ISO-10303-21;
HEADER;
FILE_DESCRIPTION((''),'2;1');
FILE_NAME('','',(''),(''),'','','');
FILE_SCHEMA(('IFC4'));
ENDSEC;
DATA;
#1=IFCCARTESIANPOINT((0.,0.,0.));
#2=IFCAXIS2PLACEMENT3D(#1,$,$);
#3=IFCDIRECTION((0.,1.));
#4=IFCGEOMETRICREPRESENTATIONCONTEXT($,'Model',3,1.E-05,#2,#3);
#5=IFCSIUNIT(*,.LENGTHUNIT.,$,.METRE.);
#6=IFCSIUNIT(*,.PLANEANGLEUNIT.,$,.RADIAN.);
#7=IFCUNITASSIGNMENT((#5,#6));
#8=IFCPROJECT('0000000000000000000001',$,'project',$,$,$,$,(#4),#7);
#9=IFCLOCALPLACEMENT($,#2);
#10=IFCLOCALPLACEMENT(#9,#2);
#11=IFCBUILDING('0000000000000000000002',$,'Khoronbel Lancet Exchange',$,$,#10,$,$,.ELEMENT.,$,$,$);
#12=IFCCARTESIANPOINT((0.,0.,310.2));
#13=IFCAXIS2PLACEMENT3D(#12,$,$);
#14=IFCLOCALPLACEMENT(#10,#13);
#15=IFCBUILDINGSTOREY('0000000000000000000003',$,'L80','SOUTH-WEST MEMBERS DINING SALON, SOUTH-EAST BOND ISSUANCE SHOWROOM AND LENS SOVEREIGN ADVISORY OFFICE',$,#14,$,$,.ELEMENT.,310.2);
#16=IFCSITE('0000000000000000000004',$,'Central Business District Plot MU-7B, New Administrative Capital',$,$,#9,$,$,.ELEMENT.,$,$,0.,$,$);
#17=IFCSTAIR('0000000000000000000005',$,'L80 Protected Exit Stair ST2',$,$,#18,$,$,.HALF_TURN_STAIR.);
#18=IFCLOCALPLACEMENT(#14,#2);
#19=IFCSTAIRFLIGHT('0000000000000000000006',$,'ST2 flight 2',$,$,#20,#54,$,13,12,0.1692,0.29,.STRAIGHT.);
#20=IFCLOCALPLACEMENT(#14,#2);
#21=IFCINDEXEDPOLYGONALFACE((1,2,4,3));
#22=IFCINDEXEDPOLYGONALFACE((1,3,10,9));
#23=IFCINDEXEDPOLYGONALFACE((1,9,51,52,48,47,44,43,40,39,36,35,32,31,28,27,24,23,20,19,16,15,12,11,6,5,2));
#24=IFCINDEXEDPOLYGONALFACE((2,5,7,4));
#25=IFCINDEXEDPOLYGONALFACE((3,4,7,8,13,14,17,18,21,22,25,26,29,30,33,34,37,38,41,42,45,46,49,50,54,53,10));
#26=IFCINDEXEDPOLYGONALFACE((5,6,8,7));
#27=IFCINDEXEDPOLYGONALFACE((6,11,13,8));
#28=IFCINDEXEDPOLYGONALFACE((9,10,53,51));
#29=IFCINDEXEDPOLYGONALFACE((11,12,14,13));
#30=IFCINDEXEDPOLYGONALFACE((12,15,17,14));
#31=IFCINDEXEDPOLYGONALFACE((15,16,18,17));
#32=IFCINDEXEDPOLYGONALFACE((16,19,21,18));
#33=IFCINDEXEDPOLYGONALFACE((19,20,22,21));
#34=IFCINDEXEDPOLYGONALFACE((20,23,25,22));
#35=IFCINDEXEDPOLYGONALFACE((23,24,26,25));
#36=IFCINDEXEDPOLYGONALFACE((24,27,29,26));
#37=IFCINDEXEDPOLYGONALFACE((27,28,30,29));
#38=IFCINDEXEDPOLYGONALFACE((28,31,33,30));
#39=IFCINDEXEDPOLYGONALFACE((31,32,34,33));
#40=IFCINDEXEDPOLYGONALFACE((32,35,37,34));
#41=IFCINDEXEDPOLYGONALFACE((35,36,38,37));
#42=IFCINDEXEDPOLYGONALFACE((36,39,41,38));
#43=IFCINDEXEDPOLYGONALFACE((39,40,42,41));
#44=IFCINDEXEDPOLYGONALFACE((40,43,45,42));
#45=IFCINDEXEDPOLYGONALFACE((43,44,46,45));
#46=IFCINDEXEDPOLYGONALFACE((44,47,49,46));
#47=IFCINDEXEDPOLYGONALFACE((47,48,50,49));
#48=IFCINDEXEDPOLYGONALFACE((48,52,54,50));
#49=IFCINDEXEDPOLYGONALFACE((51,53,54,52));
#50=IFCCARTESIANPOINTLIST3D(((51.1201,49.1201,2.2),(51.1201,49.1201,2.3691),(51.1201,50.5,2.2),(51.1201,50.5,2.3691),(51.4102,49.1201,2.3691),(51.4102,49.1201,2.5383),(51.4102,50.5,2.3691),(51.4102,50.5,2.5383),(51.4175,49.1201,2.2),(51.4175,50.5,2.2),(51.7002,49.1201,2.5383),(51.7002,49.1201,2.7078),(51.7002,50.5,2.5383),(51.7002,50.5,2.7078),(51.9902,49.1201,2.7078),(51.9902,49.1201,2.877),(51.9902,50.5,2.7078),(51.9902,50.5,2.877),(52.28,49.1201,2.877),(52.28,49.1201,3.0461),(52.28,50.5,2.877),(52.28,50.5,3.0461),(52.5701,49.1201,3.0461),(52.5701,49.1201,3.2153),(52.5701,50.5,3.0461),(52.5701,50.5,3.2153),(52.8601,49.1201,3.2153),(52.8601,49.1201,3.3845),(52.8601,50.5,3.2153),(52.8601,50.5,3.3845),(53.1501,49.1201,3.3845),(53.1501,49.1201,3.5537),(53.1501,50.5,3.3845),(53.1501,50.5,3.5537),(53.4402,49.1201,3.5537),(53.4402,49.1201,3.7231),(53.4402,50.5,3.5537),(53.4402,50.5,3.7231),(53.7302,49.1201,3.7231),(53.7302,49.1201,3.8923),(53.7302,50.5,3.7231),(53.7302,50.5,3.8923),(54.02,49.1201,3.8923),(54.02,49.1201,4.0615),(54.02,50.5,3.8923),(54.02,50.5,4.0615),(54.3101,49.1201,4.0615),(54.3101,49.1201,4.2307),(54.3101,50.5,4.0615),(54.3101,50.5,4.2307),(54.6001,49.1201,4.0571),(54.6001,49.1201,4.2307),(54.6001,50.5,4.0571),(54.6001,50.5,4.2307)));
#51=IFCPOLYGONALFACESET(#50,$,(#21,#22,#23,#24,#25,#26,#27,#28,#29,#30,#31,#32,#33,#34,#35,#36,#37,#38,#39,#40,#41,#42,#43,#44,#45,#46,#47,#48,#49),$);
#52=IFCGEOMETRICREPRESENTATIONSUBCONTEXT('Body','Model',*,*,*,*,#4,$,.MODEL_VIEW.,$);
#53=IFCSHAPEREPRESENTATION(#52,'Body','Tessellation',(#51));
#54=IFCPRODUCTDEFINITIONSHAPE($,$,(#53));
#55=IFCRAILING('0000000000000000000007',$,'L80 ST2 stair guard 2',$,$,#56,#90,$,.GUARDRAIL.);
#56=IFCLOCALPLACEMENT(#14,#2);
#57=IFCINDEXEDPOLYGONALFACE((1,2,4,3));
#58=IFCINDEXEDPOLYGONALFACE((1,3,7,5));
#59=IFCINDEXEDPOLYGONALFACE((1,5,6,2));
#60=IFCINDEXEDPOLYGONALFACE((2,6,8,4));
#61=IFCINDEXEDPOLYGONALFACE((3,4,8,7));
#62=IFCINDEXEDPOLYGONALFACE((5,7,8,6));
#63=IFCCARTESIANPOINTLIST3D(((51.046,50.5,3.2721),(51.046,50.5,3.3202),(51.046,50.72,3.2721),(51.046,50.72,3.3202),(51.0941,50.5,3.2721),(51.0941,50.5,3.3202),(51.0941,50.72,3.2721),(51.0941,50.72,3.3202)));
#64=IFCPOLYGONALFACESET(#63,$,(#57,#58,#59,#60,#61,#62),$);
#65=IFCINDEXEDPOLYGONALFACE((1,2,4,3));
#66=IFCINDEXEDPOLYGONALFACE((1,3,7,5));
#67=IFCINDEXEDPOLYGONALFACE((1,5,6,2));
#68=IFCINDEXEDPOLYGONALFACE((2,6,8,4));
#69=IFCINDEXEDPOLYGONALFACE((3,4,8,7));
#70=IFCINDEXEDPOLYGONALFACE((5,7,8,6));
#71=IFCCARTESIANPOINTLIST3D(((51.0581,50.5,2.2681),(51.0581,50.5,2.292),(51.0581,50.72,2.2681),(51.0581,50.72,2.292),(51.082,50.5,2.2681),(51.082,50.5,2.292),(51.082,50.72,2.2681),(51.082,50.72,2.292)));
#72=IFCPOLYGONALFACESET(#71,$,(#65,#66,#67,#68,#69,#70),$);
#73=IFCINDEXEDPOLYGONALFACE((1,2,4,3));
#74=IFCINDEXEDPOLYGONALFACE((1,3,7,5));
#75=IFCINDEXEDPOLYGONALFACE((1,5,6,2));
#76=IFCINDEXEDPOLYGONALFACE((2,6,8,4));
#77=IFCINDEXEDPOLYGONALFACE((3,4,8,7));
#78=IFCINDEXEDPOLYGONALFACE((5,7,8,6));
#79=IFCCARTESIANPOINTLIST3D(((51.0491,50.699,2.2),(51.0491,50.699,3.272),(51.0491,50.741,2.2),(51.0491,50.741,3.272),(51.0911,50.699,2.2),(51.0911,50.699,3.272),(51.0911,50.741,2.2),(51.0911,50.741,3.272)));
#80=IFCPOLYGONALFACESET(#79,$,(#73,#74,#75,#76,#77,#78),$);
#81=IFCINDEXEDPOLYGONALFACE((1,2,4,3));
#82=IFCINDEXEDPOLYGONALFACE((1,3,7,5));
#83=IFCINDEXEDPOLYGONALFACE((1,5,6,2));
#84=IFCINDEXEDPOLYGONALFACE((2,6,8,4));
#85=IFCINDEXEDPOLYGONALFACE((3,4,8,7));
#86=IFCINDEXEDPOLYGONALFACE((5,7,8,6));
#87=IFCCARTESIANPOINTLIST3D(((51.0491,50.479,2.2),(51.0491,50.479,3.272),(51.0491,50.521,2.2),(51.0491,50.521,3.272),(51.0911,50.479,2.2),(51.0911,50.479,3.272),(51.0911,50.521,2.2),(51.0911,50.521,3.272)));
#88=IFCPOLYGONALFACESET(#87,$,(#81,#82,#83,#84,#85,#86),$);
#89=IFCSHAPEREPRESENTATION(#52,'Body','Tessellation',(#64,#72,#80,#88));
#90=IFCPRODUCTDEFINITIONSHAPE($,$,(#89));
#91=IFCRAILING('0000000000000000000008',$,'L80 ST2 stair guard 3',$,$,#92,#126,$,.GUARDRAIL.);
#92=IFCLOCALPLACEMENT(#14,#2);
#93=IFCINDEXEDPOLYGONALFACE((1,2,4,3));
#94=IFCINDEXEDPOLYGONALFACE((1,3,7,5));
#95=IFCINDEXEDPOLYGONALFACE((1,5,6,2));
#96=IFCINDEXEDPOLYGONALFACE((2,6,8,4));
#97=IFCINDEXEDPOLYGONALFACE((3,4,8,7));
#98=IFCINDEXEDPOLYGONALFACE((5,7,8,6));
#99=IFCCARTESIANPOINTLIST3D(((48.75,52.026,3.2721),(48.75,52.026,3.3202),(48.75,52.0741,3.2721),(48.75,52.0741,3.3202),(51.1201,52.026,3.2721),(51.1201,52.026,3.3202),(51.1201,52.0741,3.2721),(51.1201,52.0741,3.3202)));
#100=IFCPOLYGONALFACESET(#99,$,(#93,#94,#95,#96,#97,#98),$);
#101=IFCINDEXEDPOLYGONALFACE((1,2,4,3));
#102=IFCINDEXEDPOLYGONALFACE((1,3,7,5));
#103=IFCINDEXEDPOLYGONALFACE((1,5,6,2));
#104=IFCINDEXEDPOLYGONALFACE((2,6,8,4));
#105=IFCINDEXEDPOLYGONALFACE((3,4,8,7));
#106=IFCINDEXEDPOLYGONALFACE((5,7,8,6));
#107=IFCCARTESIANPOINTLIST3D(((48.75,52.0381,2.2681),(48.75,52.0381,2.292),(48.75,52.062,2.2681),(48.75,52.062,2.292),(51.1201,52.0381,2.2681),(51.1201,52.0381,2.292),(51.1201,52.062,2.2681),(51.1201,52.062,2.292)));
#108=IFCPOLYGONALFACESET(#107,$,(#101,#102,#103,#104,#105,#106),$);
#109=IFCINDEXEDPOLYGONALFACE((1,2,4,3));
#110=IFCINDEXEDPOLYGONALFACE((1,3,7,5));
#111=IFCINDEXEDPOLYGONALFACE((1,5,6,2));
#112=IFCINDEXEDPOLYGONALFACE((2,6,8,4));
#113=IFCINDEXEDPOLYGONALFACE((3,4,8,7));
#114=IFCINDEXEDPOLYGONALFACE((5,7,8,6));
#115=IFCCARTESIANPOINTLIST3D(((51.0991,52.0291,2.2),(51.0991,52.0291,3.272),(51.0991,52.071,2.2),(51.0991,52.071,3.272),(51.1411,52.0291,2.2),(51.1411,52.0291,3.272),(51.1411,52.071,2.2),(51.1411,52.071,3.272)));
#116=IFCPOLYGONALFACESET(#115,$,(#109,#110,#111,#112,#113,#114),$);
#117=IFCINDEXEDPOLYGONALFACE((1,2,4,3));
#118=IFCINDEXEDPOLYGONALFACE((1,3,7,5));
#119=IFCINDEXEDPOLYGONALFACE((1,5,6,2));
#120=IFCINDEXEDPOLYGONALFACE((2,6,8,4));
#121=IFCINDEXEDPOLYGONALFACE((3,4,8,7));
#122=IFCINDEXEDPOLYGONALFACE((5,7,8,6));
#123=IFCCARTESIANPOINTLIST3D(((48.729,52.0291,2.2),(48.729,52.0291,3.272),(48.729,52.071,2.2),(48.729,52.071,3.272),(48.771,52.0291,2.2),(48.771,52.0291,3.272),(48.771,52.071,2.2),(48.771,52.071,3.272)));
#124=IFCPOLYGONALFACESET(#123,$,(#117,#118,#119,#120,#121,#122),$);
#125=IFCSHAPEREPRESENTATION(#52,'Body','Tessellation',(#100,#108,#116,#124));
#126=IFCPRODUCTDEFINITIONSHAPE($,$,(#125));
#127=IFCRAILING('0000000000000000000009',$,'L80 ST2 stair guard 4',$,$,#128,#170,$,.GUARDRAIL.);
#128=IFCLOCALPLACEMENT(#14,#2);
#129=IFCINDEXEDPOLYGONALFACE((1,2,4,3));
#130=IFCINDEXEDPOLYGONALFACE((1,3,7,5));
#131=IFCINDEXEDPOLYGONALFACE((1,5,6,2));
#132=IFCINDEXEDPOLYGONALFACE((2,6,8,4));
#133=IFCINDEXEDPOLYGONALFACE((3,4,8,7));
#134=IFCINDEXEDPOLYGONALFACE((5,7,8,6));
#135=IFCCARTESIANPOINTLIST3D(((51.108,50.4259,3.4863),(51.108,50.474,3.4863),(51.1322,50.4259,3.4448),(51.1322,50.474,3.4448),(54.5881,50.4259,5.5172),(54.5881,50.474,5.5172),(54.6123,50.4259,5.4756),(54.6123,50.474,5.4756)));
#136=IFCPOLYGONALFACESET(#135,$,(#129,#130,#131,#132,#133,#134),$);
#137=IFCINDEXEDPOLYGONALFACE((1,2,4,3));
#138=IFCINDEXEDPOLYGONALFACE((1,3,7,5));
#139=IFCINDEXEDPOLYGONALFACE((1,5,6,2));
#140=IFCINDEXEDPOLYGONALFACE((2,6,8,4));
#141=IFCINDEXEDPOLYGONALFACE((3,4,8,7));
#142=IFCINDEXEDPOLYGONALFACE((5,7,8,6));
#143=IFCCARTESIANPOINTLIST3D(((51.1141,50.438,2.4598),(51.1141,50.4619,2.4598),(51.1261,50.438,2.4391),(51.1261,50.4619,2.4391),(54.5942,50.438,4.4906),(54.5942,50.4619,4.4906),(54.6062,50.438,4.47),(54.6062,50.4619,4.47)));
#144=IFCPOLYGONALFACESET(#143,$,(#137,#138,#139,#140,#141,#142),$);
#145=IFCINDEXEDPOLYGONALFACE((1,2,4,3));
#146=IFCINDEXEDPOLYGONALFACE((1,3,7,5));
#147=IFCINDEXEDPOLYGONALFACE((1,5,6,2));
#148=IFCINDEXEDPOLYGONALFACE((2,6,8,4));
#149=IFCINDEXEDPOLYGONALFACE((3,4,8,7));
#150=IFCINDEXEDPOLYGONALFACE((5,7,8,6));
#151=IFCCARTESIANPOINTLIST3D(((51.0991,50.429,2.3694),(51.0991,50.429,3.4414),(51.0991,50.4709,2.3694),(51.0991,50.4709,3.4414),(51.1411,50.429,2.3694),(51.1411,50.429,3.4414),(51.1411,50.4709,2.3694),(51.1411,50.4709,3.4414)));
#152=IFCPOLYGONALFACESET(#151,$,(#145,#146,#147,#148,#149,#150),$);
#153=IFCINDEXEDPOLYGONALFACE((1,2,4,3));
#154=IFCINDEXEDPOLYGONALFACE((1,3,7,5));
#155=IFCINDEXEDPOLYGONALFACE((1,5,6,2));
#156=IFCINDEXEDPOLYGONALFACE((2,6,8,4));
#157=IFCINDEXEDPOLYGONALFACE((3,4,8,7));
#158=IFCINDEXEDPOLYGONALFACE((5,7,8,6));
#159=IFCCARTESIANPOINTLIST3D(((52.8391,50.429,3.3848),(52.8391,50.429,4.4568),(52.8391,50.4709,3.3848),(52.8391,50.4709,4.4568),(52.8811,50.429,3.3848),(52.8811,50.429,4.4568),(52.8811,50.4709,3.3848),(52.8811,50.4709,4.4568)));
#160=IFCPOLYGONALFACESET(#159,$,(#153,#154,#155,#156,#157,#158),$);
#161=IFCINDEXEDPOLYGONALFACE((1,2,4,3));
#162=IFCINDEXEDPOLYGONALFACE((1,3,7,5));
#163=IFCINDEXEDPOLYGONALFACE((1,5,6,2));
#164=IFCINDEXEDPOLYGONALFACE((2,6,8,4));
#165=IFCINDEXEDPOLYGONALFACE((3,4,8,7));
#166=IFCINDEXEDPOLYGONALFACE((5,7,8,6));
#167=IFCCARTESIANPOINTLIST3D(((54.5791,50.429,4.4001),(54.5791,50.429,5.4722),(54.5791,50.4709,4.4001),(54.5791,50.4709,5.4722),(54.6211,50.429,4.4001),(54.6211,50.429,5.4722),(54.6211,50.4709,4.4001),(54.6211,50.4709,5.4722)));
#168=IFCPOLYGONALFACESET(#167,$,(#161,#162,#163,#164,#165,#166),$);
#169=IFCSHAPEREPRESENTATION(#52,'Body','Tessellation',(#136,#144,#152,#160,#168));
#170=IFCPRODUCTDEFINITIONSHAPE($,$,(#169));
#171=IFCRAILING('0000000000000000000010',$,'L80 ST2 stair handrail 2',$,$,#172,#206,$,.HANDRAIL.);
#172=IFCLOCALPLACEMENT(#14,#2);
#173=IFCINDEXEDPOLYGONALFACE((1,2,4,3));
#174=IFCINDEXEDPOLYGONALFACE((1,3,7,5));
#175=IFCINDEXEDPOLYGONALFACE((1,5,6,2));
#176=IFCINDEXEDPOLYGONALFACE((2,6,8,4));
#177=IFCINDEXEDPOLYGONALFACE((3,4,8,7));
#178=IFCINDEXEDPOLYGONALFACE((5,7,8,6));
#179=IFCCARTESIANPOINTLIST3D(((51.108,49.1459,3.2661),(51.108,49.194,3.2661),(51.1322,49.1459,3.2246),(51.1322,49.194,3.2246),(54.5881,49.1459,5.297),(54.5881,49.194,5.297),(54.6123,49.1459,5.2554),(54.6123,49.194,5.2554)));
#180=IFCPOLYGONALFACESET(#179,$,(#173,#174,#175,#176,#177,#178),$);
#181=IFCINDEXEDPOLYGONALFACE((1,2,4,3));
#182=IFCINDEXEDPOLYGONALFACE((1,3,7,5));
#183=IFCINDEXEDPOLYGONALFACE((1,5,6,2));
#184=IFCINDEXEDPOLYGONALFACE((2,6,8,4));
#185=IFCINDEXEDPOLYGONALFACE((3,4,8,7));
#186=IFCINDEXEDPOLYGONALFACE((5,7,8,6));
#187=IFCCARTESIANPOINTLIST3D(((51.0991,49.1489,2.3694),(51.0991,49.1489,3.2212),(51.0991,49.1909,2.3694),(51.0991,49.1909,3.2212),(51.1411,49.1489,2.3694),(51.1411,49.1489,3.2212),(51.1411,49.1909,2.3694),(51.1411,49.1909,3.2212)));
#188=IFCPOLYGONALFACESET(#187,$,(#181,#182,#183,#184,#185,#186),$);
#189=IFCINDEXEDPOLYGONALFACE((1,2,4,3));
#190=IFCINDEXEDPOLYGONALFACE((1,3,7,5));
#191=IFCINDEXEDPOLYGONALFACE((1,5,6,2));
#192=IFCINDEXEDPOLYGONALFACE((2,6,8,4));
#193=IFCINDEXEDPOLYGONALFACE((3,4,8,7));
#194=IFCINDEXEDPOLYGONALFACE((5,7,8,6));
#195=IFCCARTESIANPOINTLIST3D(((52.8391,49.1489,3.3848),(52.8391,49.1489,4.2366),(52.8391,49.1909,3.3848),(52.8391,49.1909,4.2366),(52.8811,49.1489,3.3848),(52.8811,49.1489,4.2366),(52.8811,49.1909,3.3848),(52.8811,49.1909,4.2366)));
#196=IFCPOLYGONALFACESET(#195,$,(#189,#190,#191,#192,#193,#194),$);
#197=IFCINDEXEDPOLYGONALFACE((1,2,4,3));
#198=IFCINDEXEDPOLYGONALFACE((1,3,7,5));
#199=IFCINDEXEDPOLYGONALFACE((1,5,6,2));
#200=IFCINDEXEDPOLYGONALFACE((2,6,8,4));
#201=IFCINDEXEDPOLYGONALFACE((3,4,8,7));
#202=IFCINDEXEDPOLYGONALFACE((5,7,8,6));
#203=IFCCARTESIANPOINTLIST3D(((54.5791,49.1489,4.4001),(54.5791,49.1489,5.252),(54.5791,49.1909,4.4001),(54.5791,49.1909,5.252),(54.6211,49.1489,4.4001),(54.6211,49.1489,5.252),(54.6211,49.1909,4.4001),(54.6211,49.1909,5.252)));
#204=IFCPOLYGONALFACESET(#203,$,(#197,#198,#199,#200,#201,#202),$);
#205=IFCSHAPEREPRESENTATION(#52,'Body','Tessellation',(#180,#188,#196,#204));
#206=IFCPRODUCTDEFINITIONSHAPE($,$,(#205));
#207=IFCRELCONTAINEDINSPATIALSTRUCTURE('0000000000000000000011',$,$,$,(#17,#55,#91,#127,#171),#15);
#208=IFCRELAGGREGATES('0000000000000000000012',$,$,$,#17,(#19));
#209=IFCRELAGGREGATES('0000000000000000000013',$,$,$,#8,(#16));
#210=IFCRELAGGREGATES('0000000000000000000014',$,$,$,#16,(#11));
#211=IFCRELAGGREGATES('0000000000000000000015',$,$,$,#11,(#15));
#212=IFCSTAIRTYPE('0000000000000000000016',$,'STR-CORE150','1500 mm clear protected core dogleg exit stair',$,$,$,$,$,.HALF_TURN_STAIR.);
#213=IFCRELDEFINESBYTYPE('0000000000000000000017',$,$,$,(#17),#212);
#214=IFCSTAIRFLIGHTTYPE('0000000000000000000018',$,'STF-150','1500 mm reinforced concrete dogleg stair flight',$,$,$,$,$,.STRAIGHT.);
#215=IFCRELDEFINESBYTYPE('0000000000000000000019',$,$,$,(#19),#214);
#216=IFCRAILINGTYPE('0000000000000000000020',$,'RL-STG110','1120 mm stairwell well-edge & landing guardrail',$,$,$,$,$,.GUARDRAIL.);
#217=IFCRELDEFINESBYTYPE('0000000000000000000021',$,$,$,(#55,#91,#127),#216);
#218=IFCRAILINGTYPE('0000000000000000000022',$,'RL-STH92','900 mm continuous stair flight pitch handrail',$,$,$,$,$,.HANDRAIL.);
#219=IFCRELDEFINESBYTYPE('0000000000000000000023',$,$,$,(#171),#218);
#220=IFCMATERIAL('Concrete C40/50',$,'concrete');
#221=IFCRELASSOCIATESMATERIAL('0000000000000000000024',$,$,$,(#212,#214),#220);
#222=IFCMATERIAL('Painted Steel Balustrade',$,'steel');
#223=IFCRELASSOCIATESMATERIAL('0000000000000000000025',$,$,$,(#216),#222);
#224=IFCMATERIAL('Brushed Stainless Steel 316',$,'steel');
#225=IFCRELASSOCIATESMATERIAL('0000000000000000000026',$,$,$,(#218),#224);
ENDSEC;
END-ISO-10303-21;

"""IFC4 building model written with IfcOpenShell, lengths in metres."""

from ifc_helpers import new_model, si_unit, direction, frame, origin, origin_2d, place, context, subcontext, project, spatial, polyline, rectangle, outline, extrude, material, type_object, element, aggregate, save


model = new_model("IFC4")

# Units and contexts
model_context = context("Model", 3, precision=1e-05, world=origin(), true_north=direction((0.0, 1.0)))
body_context = subcontext(model_context, "Body", "Model", "MODEL_VIEW")
ifc_project = project(units=[si_unit("LENGTHUNIT", "METRE"), si_unit("PLANEANGLEUNIT", "RADIAN")], contexts=[model_context])

# Site, building, storey
site_placement = place(None, origin())
site = spatial("IfcSite", under=ifc_project, at=site_placement, Name="Central Business District Plot MU-7B, New Administrative Capital", CompositionType="ELEMENT", RefElevation=0.0)
building_placement = place(site_placement, origin())
building = spatial("IfcBuilding", under=site, at=building_placement, Name="Khoronbel Lancet Exchange", CompositionType="ELEMENT")
storey_placement = place(building_placement, frame((0.0, 0.0, 310.2)))
storey = spatial("IfcBuildingStorey", under=building, at=storey_placement, Name="L80", Description="SOUTH-WEST MEMBERS DINING SALON, SOUTH-EAST BOND ISSUANCE SHOWROOM AND LENS SOVEREIGN ADVISORY OFFICE", CompositionType="ELEMENT", Elevation=310.2)

# Stair, stair flight
ifc_material_1 = material(Name="Concrete C40/50", Category="concrete")
stair_type = type_object("IfcStairType", Name="STR-CORE150", Description="1500 mm clear protected core dogleg exit stair", PredefinedType="HALF_TURN_STAIR", material=ifc_material_1)
stair_placement = place(storey_placement, origin())
stair = element("IfcStair", 1, at=stair_placement, inside=storey, type_object=stair_type, Name="L80 Protected Exit Stair ST2", PredefinedType="HALF_TURN_STAIR")
stair_flight_type = type_object("IfcStairFlightType", Name="STF-150", Description="1500 mm reinforced concrete dogleg stair flight", PredefinedType="STRAIGHT", material=ifc_material_1)
stair_flight_placement = place(storey_placement, frame((51.1201, 49.8101, 2.2), z_axis=(0.0, 0.0, 1.0), x_axis=(1.0, 0.0, 0.0)))
stair_flight = element("IfcStairFlight", 2, at=stair_flight_placement, type_object=stair_flight_type, Name="ST2 flight 2", NumberOfRisers=13, NumberOfTreads=12, PredefinedType="STRAIGHT", RiserHeight=0.1692, TreadLength=0.29, context=body_context, shape_type="SweptSolid", body=[
    extrude(outline(polyline([(0.0, 0.0), (0.0, 0.1692), (0.29, 0.1692), (0.29, 0.3384), (0.5801, 0.3384), (0.5801, 0.5078), (0.8701, 0.5078), (0.8701, 0.677), (1.1599, 0.677), (1.1599, 0.8462), (1.45, 0.8462), (1.45, 1.0154), (1.74, 1.0154), (1.74, 1.1846), (2.03, 1.1846), (2.03, 1.3538), (2.3201, 1.3538), (2.3201, 1.5232), (2.6101, 1.5232), (2.6101, 1.6924), (2.8999, 1.6924), (2.8999, 1.8616), (3.1899, 1.8616), (3.1899, 2.0308), (3.48, 2.0308), (3.48, 2.2), (3.48, 1.8572), (0.2974, 0.0), (0.0, 0.0)])), frame((0.0, 0.6899, 0.0), z_axis=(0.0, -1.0, 0.0), x_axis=(1.0, 0.0, 0.0)), (0.0, 0.0, 1.0), 1.3799),
])
aggregate(stair, [stair_flight])

# Railings
ifc_material_2 = material(Name="Painted Steel Balustrade", Category="steel")
railing_type_1 = type_object("IfcRailingType", Name="RL-STG110", Description="1120 mm stairwell well-edge & landing guardrail", PredefinedType="GUARDRAIL", material=ifc_material_2)
railing_1_placement = place(storey_placement, frame((51.0701, 50.72, 2.2)))
element("IfcRailing", 3, at=railing_1_placement, inside=storey, type_object=railing_type_1, Name="L80 ST2 stair guard 2", PredefinedType="GUARDRAIL", context=body_context, shape_type="SweptSolid", body=[
    extrude(rectangle(XDim=0.0481, YDim=0.0481, at=origin_2d()), frame((0.0, 0.0, 1.0962), z_axis=(0.0, -1.0, 0.0), x_axis=(1.0, 0.0, 0.0)), (0.0, 0.0, 1.0), 0.22),
    extrude(rectangle(XDim=0.0239, YDim=0.0239, at=origin_2d()), frame((0.0, 0.0, 0.0801), z_axis=(0.0, -1.0, 0.0), x_axis=(1.0, 0.0, 0.0)), (0.0, 0.0, 1.0), 0.22),
    extrude(rectangle(XDim=0.042, YDim=0.042, at=origin_2d()), origin(), (0.0, 0.0, 1.0), 1.072),
    extrude(rectangle(XDim=0.042, YDim=0.042, at=origin_2d()), frame((0.0, -0.22, 0.0)), (0.0, 0.0, 1.0), 1.072),
])
railing_2_placement = place(storey_placement, frame((51.1201, 52.05, 2.2)))
element("IfcRailing", 4, at=railing_2_placement, inside=storey, type_object=railing_type_1, Name="L80 ST2 stair guard 3", PredefinedType="GUARDRAIL", context=body_context, shape_type="SweptSolid", body=[
    extrude(rectangle(XDim=0.0481, YDim=0.0481, at=origin_2d()), frame((0.0, 0.0, 1.0962), z_axis=(-1.0, 0.0, 0.0), x_axis=(0.0, -1.0, 0.0)), (0.0, 0.0, 1.0), 2.3701),
    extrude(rectangle(XDim=0.0239, YDim=0.0239, at=origin_2d()), frame((0.0, 0.0, 0.0801), z_axis=(-1.0, 0.0, 0.0), x_axis=(0.0, -1.0, 0.0)), (0.0, 0.0, 1.0), 2.3701),
    extrude(rectangle(XDim=0.042, YDim=0.042, at=origin_2d()), origin(), (0.0, 0.0, 1.0), 1.072),
    extrude(rectangle(XDim=0.042, YDim=0.042, at=origin_2d()), frame((-2.3701, 0.0, 0.0)), (0.0, 0.0, 1.0), 1.072),
])
railing_3_placement = place(storey_placement, frame((51.1201, 50.45, 2.3694)))
element("IfcRailing", 5, at=railing_3_placement, inside=storey, type_object=railing_type_1, Name="L80 ST2 stair guard 4", PredefinedType="GUARDRAIL", context=body_context, shape_type="SweptSolid", body=[
    extrude(rectangle(XDim=0.0481, YDim=0.0481, at=origin_2d()), frame((0.0, 0.0, 1.0962), z_axis=(0.863695, 0.0, 0.504014), x_axis=(0.0, 1.0, 0.0)), (0.0, 0.0, 1.0), 4.0293),
    extrude(rectangle(XDim=0.0239, YDim=0.0239, at=origin_2d()), frame((0.0, 0.0, 0.0801), z_axis=(0.863695, 0.0, 0.504014), x_axis=(0.0, 1.0, 0.0)), (0.0, 0.0, 1.0), 4.0293),
    extrude(rectangle(XDim=0.042, YDim=0.042, at=origin_2d()), origin(), (0.0, 0.0, 1.0), 1.072),
    extrude(rectangle(XDim=0.042, YDim=0.042, at=origin_2d()), frame((1.74, 0.0, 1.0154)), (0.0, 0.0, 1.0), 1.072),
    extrude(rectangle(XDim=0.042, YDim=0.042, at=origin_2d()), frame((3.48, 0.0, 2.0308)), (0.0, 0.0, 1.0), 1.072),
])
ifc_material_3 = material(Name="Brushed Stainless Steel 316", Category="steel")
railing_type_2 = type_object("IfcRailingType", Name="RL-STH92", Description="900 mm continuous stair flight pitch handrail", PredefinedType="HANDRAIL", material=ifc_material_3)
railing_4_placement = place(storey_placement, frame((51.1201, 49.1699, 2.3694)))
element("IfcRailing", 6, at=railing_4_placement, inside=storey, type_object=railing_type_2, Name="L80 ST2 stair handrail 2", PredefinedType="HANDRAIL", context=body_context, shape_type="SweptSolid", body=[
    extrude(rectangle(XDim=0.0481, YDim=0.0481, at=origin_2d()), frame((0.0, 0.0, 0.876), z_axis=(0.863695, 0.0, 0.504014), x_axis=(0.0, 1.0, 0.0)), (0.0, 0.0, 1.0), 4.0293),
    extrude(rectangle(XDim=0.042, YDim=0.042, at=origin_2d()), origin(), (0.0, 0.0, 1.0), 0.8518),
    extrude(rectangle(XDim=0.042, YDim=0.042, at=origin_2d()), frame((1.74, 0.0, 1.0154)), (0.0, 0.0, 1.0), 0.8518),
    extrude(rectangle(XDim=0.042, YDim=0.042, at=origin_2d()), frame((3.48, 0.0, 2.0308)), (0.0, 0.0, 1.0), 0.8518),
])

save(model, "model.ifc")
